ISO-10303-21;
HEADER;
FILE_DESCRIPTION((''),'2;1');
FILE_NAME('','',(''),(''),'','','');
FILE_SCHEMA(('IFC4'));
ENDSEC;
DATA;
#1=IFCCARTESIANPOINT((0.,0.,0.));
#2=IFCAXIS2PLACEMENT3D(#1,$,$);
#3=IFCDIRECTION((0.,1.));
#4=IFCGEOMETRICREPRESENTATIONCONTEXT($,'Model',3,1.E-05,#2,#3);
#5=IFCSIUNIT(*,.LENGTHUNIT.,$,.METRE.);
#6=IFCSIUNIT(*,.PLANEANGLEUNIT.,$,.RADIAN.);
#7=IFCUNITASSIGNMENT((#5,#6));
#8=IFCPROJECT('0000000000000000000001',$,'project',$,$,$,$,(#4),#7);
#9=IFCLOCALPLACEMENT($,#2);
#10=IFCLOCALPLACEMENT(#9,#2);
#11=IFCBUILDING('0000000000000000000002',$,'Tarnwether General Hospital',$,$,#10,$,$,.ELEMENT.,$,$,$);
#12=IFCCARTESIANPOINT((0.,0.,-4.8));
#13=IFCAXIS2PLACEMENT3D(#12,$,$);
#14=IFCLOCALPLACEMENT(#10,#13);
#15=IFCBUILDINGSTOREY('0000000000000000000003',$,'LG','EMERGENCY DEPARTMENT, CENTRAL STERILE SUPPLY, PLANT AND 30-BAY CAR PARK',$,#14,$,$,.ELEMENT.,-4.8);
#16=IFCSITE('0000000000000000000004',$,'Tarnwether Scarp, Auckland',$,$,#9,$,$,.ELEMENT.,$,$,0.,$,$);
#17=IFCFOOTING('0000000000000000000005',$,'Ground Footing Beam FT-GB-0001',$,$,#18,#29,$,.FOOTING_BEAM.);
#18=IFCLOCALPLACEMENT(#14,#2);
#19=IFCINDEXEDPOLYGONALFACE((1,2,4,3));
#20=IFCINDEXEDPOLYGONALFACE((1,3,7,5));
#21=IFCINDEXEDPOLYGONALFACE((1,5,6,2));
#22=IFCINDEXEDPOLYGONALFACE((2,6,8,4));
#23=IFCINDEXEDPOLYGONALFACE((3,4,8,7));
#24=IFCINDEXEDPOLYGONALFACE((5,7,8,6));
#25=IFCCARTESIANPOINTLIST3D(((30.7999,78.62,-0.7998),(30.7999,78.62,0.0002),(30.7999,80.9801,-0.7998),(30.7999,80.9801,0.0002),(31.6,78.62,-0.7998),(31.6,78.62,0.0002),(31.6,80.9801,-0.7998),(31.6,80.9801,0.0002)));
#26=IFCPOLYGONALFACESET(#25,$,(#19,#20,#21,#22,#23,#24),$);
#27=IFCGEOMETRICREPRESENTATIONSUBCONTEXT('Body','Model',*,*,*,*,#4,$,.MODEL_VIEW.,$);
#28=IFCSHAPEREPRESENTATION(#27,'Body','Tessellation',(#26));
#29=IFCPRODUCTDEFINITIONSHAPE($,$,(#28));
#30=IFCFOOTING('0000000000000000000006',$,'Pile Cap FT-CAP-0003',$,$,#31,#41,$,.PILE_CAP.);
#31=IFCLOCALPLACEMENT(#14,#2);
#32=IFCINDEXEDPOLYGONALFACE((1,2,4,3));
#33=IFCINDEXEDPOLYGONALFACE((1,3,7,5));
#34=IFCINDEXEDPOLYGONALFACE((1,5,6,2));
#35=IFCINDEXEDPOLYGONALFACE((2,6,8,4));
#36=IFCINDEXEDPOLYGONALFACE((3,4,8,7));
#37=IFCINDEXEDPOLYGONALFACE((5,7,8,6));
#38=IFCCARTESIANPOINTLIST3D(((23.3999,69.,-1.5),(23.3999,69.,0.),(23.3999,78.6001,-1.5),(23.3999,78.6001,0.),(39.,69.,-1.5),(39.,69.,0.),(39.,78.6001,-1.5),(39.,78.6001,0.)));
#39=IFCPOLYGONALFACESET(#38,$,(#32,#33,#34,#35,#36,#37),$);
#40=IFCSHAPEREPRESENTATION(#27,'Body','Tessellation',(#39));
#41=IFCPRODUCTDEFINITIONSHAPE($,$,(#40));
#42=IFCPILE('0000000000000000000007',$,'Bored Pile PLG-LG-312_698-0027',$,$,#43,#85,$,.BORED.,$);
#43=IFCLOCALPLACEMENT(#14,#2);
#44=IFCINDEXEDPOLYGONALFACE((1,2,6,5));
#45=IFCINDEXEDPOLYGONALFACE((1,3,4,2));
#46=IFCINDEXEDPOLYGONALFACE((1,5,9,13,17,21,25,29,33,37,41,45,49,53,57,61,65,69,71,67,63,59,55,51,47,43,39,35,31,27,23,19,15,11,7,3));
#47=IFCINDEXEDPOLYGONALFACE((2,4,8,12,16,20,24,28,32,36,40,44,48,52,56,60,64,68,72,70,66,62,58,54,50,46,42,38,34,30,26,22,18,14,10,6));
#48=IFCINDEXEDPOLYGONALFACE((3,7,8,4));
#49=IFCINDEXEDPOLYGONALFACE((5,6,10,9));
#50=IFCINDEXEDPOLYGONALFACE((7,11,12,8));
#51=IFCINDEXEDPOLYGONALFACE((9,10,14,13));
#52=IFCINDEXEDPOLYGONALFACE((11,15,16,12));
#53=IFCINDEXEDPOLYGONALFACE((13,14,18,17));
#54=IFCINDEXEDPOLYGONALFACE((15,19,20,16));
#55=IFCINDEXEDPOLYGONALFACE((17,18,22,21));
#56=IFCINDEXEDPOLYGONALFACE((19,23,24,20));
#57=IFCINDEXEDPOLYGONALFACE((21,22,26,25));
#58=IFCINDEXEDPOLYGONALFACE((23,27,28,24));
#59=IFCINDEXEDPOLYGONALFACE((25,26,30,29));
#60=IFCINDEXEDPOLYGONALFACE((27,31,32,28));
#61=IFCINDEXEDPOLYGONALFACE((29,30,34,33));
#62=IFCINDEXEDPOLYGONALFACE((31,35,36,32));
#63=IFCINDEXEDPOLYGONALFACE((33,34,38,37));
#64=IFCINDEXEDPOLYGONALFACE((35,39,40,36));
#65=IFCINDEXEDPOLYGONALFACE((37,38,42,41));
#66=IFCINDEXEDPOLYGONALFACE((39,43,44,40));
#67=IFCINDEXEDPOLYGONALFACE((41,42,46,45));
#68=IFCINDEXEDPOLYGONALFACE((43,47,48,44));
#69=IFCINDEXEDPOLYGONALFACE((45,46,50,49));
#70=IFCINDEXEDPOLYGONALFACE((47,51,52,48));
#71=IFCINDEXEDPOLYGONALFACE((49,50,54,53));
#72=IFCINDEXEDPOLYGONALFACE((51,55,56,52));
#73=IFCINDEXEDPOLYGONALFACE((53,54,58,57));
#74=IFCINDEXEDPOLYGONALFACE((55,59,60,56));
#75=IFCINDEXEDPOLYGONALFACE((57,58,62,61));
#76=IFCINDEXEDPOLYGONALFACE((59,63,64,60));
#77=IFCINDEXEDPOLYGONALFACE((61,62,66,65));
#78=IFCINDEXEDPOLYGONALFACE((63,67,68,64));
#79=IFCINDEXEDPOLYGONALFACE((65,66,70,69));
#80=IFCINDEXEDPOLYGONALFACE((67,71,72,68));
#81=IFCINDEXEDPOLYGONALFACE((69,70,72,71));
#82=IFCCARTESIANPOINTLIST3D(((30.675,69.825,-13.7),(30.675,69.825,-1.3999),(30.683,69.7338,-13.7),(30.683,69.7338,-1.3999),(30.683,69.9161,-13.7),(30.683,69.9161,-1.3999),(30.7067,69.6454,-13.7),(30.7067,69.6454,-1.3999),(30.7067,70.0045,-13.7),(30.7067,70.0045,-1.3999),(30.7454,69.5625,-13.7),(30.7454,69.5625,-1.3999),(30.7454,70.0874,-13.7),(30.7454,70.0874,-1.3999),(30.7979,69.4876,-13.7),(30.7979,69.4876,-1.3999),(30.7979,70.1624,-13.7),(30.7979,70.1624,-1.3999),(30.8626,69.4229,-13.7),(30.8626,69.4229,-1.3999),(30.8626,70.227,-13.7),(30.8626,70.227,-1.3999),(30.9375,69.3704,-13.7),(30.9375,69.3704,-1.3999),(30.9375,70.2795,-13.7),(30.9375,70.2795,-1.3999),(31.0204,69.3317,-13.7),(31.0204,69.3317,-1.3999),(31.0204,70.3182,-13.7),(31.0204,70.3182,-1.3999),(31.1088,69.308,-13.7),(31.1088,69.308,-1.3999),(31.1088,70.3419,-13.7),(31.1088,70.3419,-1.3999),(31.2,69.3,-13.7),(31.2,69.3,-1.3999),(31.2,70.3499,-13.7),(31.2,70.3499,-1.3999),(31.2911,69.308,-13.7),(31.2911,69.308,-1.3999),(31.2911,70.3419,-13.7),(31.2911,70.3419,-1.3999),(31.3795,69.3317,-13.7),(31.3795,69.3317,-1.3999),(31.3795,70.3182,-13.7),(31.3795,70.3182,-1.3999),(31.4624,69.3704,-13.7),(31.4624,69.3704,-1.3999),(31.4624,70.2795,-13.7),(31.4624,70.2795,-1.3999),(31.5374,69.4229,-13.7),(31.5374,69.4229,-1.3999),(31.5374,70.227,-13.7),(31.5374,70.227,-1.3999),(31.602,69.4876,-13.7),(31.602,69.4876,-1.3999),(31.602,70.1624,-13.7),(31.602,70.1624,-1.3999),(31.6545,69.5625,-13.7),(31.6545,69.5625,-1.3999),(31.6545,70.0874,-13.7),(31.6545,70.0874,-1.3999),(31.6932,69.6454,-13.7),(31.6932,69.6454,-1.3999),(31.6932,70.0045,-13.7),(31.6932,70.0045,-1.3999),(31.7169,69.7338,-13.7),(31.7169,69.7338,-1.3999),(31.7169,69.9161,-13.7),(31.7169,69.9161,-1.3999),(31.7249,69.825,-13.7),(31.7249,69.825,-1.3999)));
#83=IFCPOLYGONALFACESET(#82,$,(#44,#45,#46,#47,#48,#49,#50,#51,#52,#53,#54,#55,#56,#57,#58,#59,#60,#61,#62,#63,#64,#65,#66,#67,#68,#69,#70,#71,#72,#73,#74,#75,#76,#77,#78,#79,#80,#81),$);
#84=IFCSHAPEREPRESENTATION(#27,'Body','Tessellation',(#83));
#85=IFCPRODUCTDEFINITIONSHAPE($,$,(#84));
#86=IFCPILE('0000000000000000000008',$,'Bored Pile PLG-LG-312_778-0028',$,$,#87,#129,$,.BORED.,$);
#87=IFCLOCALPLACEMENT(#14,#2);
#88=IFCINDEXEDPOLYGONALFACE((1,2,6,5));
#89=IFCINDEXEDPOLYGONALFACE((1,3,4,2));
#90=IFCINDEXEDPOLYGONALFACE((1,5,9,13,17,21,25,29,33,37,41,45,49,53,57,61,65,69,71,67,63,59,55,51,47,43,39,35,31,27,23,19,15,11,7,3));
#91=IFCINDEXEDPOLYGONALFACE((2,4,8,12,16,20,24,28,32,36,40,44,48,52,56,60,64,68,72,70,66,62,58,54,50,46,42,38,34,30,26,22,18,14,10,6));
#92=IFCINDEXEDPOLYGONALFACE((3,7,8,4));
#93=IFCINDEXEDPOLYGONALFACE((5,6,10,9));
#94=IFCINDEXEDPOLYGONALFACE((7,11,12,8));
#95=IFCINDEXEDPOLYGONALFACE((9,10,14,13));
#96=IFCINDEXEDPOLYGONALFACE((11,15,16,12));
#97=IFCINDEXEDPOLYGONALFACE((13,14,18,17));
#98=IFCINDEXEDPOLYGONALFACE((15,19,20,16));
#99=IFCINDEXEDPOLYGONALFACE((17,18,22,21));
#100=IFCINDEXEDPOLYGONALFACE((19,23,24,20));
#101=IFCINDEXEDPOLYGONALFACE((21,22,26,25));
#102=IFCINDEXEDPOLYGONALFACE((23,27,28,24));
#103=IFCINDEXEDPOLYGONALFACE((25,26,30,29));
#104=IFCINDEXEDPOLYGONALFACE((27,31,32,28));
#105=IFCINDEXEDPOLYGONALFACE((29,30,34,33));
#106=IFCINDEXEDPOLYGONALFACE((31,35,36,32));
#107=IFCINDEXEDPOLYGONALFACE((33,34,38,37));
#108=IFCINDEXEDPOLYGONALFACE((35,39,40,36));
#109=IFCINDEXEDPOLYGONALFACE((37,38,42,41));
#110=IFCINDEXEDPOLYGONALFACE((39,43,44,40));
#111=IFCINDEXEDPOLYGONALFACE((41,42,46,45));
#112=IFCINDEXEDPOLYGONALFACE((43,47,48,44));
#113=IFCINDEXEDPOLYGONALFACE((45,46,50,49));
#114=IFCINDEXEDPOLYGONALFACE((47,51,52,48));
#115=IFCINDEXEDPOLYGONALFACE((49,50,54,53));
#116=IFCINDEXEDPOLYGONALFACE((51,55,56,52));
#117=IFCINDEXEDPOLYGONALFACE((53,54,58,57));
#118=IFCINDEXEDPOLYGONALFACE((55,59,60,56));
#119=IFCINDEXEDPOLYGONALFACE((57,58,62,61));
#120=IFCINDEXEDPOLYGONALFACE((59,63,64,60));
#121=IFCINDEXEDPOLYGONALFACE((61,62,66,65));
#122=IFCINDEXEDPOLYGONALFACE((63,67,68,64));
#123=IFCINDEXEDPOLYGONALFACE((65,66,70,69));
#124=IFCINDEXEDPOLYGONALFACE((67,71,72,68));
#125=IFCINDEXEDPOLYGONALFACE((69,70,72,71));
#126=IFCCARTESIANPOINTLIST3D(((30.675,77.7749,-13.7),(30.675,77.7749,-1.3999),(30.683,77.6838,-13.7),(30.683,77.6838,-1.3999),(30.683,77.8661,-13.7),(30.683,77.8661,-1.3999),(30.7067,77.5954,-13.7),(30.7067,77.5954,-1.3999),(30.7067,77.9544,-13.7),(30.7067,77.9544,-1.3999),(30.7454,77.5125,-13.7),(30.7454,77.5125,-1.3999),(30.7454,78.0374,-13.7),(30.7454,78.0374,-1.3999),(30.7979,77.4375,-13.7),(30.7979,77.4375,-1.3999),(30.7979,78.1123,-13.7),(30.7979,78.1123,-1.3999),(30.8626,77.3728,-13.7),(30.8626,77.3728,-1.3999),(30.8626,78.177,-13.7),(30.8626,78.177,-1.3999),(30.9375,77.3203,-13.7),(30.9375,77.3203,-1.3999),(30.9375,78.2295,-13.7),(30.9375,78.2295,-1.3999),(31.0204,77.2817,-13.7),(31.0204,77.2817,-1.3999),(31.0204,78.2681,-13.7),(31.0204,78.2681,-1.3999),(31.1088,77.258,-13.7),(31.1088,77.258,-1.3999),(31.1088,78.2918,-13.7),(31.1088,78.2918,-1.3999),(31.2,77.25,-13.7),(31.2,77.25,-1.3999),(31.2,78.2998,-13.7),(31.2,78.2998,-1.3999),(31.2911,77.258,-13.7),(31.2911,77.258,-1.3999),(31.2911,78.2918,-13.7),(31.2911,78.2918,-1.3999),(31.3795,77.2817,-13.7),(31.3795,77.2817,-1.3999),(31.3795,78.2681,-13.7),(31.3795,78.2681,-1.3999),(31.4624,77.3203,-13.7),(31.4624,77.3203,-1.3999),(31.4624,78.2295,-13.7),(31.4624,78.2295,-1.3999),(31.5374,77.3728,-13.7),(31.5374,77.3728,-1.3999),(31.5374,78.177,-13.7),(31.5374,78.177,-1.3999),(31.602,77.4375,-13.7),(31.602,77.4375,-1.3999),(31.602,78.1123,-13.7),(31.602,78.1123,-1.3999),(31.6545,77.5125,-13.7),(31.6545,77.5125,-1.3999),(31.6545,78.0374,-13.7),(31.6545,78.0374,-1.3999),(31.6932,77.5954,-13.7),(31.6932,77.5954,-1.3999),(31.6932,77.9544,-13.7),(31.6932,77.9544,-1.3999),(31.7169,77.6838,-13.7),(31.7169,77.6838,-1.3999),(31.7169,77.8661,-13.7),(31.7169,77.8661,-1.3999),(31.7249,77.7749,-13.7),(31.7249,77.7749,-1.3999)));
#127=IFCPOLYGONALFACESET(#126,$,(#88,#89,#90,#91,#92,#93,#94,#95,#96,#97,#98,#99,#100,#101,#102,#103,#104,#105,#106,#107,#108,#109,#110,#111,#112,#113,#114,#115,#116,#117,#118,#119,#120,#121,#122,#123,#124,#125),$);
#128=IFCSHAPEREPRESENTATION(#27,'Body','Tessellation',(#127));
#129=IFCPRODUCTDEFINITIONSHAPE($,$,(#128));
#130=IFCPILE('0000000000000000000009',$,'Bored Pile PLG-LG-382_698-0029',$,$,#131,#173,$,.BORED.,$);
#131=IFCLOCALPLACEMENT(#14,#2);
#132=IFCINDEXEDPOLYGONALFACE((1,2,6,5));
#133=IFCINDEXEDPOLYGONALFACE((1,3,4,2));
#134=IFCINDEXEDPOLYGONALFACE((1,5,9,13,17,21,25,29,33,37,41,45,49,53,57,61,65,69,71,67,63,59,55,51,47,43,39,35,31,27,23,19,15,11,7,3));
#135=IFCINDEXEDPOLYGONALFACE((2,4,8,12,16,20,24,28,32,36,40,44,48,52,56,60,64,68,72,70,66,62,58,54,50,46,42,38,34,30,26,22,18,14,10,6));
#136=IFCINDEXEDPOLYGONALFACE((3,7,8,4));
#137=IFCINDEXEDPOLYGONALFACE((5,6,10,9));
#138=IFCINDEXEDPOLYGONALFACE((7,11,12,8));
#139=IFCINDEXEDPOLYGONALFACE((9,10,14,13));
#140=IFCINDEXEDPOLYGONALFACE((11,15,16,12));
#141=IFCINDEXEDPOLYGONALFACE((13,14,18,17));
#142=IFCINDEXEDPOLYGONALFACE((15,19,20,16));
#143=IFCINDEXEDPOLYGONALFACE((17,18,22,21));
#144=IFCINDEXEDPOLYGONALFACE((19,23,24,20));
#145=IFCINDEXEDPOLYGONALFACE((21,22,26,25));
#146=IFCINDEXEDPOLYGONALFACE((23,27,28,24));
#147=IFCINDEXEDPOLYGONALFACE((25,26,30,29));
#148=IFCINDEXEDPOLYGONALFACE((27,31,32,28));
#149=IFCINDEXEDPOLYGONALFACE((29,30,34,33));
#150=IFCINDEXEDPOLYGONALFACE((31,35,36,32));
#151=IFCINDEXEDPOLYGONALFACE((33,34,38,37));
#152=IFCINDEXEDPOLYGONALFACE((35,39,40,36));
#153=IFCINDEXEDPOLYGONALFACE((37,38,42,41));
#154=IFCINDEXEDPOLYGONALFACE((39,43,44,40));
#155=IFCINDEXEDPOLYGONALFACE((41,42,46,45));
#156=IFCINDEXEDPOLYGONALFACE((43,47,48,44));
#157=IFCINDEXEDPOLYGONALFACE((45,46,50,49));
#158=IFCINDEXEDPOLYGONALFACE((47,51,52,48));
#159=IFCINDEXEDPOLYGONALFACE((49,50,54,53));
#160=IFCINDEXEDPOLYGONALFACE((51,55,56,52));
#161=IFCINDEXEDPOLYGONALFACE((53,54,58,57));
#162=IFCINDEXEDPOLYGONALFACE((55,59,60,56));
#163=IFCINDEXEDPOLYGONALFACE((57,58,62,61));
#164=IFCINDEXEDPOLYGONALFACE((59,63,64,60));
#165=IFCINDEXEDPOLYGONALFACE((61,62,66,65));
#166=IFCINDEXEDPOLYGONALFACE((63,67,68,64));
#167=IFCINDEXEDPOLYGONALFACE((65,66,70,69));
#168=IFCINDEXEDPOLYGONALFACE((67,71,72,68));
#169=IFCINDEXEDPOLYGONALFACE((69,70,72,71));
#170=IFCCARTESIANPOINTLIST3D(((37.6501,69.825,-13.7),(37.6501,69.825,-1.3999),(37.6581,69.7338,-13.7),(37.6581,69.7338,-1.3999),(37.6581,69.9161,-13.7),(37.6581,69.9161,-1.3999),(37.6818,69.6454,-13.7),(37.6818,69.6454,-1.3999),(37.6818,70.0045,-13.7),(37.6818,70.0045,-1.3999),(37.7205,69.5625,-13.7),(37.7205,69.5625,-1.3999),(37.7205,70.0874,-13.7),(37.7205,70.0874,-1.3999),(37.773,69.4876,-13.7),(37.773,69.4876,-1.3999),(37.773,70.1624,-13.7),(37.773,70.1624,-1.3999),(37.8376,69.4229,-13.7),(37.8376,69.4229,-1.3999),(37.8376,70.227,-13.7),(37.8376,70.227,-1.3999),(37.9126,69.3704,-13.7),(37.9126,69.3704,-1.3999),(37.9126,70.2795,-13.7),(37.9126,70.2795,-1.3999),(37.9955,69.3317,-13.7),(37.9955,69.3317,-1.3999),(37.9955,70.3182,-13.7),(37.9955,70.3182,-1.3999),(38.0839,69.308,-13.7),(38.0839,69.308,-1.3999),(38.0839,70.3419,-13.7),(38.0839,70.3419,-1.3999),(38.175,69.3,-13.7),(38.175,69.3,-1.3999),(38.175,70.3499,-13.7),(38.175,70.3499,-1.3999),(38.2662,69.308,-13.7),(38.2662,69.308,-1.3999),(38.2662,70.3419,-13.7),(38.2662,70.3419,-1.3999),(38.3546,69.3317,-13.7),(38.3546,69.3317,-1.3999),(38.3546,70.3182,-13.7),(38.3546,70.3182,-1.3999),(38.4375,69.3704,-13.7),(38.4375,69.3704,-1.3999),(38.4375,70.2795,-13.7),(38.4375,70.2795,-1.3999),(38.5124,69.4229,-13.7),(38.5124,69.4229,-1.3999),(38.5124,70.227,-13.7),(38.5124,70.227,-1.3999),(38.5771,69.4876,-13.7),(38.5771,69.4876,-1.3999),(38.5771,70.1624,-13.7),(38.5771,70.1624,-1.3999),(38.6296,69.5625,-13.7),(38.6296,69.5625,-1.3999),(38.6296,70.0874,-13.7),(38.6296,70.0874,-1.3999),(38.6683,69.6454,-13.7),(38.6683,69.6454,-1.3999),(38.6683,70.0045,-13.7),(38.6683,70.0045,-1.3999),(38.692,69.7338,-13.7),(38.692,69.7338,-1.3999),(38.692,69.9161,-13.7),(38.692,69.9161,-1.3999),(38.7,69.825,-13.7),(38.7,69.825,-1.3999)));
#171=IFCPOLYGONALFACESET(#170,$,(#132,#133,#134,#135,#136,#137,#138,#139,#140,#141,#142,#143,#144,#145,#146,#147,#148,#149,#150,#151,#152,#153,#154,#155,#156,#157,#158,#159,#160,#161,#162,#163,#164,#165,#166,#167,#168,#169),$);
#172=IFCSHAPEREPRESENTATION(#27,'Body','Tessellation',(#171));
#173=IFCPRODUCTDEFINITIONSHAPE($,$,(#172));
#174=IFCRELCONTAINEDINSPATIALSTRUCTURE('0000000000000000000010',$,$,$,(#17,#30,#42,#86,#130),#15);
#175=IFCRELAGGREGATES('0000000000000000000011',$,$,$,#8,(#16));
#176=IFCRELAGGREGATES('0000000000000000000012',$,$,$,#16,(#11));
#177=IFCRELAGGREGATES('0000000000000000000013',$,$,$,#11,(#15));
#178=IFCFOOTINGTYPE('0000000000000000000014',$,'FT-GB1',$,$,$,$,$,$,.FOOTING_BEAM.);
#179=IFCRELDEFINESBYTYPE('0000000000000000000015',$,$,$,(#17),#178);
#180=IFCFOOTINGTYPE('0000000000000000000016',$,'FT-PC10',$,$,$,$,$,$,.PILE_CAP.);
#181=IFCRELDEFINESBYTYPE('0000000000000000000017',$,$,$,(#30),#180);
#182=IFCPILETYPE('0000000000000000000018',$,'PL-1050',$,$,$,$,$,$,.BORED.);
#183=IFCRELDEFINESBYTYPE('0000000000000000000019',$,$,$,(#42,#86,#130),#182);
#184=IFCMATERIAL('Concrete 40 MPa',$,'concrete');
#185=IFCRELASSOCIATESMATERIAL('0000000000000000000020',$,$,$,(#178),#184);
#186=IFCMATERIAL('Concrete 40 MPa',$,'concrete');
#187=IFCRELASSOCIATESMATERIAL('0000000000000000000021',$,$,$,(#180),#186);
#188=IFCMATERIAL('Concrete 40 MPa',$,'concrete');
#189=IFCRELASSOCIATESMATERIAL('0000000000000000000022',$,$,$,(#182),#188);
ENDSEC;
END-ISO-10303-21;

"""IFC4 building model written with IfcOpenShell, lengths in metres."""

from ifc_helpers import new_model, si_unit, direction, frame, origin, origin_2d, place, context, subcontext, project, spatial, rectangle, circle, extrude, material, material_profile, profile_set, type_object, element, save


model = new_model("IFC4")

# Units and contexts
model_context = context("Model", 3, precision=1e-05, world=origin(), true_north=direction((0.0, 1.0)))
body_context = subcontext(model_context, "Body", "Model", "MODEL_VIEW")
ifc_project = project(units=[si_unit("LENGTHUNIT", "METRE"), si_unit("PLANEANGLEUNIT", "RADIAN")], contexts=[model_context])

# Site, building, storey
site_placement = place(None, origin())
site = spatial("IfcSite", under=ifc_project, at=site_placement, Name="Tarnwether Scarp, Auckland", CompositionType="ELEMENT", RefElevation=0.0)
building_placement = place(site_placement, origin())
building = spatial("IfcBuilding", under=site, at=building_placement, Name="Tarnwether General Hospital", CompositionType="ELEMENT")
storey_placement = place(building_placement, frame((0.0, 0.0, -4.8)))
storey = spatial("IfcBuildingStorey", under=building, at=storey_placement, Name="LG", Description="EMERGENCY DEPARTMENT, CENTRAL STERILE SUPPLY, PLANT AND 30-BAY CAR PARK", CompositionType="ELEMENT", Elevation=-4.8)

# Footings
ifc_material_1 = material(Name="Concrete 40 MPa", Category="concrete")
footing_type_1 = type_object("IfcFootingType", Name="FT-GB1", PredefinedType="FOOTING_BEAM", material=ifc_material_1)
footing_1_placement = place(storey_placement, frame((31.2, 79.8, -0.7998), z_axis=(0.0, 0.0, 1.0), x_axis=(0.0, 1.0, 0.0)))
element("IfcFooting", 1, at=footing_1_placement, inside=storey, type_object=footing_type_1, Name="Ground Footing Beam FT-GB-0001", PredefinedType="FOOTING_BEAM", context=body_context, shape_type="SweptSolid", body=[
    extrude(rectangle(XDim=2.3601, YDim=0.8, at=origin_2d()), origin(), (0.0, 0.0, 1.0), 0.8),
])
ifc_material_2 = material(Name="Concrete 40 MPa", Category="concrete")
footing_type_2 = type_object("IfcFootingType", Name="FT-PC10", PredefinedType="PILE_CAP", material=ifc_material_2)
footing_2_placement = place(storey_placement, frame((31.2, 73.8, -1.5), z_axis=(0.0, 0.0, 1.0), x_axis=(1.0, 0.0, 0.0)))
element("IfcFooting", 2, at=footing_2_placement, inside=storey, type_object=footing_type_2, Name="Pile Cap FT-CAP-0003", PredefinedType="PILE_CAP", context=body_context, shape_type="SweptSolid", body=[
    extrude(rectangle(XDim=15.6001, YDim=9.6001, at=origin_2d()), origin(), (0.0, 0.0, 1.0), 1.5),
])

# Piles
ifc_material_3 = material(Name="Concrete 40 MPa", Category="concrete")
ifc_material_profile_1 = material_profile(ifc_material_3, circle(Radius=0.5249, at=origin_2d()), Name="PILE-D1050")
ifc_profile_set_1 = profile_set([ifc_material_profile_1], Name="Concrete 40 MPa")
pile_type = type_object("IfcPileType", Name="PL-1050", PredefinedType="BORED", material=ifc_profile_set_1)
for number, where, z_axis, x_axis, name in (
    (3, (31.2, 69.825, -1.3999), (0.0, 0.0, -1.0), (1.0, 0.0, 0.0), "Bored Pile PLG-LG-312_698-0027"),
    (4, (31.2, 77.7749, -1.3999), (0.0, 0.0, -1.0), (1.0, 0.0, 0.0), "Bored Pile PLG-LG-312_778-0028"),
    (5, (38.175, 69.825, -1.3999), (0.0, 0.0, -1.0), (1.0, 0.0, 0.0), "Bored Pile PLG-LG-382_698-0029"),
):
    element("IfcPile", number, at=place(storey_placement, frame(where, z_axis=z_axis, x_axis=x_axis)), inside=storey, type_object=pile_type, Name=name, PredefinedType="BORED", context=body_context, shape_type="SweptSolid", body=[
        extrude(circle(Radius=0.5249, at=origin_2d()), origin(), (0.0, 0.0, 1.0), 12.3),
    ])

save(model, "model.ifc")
